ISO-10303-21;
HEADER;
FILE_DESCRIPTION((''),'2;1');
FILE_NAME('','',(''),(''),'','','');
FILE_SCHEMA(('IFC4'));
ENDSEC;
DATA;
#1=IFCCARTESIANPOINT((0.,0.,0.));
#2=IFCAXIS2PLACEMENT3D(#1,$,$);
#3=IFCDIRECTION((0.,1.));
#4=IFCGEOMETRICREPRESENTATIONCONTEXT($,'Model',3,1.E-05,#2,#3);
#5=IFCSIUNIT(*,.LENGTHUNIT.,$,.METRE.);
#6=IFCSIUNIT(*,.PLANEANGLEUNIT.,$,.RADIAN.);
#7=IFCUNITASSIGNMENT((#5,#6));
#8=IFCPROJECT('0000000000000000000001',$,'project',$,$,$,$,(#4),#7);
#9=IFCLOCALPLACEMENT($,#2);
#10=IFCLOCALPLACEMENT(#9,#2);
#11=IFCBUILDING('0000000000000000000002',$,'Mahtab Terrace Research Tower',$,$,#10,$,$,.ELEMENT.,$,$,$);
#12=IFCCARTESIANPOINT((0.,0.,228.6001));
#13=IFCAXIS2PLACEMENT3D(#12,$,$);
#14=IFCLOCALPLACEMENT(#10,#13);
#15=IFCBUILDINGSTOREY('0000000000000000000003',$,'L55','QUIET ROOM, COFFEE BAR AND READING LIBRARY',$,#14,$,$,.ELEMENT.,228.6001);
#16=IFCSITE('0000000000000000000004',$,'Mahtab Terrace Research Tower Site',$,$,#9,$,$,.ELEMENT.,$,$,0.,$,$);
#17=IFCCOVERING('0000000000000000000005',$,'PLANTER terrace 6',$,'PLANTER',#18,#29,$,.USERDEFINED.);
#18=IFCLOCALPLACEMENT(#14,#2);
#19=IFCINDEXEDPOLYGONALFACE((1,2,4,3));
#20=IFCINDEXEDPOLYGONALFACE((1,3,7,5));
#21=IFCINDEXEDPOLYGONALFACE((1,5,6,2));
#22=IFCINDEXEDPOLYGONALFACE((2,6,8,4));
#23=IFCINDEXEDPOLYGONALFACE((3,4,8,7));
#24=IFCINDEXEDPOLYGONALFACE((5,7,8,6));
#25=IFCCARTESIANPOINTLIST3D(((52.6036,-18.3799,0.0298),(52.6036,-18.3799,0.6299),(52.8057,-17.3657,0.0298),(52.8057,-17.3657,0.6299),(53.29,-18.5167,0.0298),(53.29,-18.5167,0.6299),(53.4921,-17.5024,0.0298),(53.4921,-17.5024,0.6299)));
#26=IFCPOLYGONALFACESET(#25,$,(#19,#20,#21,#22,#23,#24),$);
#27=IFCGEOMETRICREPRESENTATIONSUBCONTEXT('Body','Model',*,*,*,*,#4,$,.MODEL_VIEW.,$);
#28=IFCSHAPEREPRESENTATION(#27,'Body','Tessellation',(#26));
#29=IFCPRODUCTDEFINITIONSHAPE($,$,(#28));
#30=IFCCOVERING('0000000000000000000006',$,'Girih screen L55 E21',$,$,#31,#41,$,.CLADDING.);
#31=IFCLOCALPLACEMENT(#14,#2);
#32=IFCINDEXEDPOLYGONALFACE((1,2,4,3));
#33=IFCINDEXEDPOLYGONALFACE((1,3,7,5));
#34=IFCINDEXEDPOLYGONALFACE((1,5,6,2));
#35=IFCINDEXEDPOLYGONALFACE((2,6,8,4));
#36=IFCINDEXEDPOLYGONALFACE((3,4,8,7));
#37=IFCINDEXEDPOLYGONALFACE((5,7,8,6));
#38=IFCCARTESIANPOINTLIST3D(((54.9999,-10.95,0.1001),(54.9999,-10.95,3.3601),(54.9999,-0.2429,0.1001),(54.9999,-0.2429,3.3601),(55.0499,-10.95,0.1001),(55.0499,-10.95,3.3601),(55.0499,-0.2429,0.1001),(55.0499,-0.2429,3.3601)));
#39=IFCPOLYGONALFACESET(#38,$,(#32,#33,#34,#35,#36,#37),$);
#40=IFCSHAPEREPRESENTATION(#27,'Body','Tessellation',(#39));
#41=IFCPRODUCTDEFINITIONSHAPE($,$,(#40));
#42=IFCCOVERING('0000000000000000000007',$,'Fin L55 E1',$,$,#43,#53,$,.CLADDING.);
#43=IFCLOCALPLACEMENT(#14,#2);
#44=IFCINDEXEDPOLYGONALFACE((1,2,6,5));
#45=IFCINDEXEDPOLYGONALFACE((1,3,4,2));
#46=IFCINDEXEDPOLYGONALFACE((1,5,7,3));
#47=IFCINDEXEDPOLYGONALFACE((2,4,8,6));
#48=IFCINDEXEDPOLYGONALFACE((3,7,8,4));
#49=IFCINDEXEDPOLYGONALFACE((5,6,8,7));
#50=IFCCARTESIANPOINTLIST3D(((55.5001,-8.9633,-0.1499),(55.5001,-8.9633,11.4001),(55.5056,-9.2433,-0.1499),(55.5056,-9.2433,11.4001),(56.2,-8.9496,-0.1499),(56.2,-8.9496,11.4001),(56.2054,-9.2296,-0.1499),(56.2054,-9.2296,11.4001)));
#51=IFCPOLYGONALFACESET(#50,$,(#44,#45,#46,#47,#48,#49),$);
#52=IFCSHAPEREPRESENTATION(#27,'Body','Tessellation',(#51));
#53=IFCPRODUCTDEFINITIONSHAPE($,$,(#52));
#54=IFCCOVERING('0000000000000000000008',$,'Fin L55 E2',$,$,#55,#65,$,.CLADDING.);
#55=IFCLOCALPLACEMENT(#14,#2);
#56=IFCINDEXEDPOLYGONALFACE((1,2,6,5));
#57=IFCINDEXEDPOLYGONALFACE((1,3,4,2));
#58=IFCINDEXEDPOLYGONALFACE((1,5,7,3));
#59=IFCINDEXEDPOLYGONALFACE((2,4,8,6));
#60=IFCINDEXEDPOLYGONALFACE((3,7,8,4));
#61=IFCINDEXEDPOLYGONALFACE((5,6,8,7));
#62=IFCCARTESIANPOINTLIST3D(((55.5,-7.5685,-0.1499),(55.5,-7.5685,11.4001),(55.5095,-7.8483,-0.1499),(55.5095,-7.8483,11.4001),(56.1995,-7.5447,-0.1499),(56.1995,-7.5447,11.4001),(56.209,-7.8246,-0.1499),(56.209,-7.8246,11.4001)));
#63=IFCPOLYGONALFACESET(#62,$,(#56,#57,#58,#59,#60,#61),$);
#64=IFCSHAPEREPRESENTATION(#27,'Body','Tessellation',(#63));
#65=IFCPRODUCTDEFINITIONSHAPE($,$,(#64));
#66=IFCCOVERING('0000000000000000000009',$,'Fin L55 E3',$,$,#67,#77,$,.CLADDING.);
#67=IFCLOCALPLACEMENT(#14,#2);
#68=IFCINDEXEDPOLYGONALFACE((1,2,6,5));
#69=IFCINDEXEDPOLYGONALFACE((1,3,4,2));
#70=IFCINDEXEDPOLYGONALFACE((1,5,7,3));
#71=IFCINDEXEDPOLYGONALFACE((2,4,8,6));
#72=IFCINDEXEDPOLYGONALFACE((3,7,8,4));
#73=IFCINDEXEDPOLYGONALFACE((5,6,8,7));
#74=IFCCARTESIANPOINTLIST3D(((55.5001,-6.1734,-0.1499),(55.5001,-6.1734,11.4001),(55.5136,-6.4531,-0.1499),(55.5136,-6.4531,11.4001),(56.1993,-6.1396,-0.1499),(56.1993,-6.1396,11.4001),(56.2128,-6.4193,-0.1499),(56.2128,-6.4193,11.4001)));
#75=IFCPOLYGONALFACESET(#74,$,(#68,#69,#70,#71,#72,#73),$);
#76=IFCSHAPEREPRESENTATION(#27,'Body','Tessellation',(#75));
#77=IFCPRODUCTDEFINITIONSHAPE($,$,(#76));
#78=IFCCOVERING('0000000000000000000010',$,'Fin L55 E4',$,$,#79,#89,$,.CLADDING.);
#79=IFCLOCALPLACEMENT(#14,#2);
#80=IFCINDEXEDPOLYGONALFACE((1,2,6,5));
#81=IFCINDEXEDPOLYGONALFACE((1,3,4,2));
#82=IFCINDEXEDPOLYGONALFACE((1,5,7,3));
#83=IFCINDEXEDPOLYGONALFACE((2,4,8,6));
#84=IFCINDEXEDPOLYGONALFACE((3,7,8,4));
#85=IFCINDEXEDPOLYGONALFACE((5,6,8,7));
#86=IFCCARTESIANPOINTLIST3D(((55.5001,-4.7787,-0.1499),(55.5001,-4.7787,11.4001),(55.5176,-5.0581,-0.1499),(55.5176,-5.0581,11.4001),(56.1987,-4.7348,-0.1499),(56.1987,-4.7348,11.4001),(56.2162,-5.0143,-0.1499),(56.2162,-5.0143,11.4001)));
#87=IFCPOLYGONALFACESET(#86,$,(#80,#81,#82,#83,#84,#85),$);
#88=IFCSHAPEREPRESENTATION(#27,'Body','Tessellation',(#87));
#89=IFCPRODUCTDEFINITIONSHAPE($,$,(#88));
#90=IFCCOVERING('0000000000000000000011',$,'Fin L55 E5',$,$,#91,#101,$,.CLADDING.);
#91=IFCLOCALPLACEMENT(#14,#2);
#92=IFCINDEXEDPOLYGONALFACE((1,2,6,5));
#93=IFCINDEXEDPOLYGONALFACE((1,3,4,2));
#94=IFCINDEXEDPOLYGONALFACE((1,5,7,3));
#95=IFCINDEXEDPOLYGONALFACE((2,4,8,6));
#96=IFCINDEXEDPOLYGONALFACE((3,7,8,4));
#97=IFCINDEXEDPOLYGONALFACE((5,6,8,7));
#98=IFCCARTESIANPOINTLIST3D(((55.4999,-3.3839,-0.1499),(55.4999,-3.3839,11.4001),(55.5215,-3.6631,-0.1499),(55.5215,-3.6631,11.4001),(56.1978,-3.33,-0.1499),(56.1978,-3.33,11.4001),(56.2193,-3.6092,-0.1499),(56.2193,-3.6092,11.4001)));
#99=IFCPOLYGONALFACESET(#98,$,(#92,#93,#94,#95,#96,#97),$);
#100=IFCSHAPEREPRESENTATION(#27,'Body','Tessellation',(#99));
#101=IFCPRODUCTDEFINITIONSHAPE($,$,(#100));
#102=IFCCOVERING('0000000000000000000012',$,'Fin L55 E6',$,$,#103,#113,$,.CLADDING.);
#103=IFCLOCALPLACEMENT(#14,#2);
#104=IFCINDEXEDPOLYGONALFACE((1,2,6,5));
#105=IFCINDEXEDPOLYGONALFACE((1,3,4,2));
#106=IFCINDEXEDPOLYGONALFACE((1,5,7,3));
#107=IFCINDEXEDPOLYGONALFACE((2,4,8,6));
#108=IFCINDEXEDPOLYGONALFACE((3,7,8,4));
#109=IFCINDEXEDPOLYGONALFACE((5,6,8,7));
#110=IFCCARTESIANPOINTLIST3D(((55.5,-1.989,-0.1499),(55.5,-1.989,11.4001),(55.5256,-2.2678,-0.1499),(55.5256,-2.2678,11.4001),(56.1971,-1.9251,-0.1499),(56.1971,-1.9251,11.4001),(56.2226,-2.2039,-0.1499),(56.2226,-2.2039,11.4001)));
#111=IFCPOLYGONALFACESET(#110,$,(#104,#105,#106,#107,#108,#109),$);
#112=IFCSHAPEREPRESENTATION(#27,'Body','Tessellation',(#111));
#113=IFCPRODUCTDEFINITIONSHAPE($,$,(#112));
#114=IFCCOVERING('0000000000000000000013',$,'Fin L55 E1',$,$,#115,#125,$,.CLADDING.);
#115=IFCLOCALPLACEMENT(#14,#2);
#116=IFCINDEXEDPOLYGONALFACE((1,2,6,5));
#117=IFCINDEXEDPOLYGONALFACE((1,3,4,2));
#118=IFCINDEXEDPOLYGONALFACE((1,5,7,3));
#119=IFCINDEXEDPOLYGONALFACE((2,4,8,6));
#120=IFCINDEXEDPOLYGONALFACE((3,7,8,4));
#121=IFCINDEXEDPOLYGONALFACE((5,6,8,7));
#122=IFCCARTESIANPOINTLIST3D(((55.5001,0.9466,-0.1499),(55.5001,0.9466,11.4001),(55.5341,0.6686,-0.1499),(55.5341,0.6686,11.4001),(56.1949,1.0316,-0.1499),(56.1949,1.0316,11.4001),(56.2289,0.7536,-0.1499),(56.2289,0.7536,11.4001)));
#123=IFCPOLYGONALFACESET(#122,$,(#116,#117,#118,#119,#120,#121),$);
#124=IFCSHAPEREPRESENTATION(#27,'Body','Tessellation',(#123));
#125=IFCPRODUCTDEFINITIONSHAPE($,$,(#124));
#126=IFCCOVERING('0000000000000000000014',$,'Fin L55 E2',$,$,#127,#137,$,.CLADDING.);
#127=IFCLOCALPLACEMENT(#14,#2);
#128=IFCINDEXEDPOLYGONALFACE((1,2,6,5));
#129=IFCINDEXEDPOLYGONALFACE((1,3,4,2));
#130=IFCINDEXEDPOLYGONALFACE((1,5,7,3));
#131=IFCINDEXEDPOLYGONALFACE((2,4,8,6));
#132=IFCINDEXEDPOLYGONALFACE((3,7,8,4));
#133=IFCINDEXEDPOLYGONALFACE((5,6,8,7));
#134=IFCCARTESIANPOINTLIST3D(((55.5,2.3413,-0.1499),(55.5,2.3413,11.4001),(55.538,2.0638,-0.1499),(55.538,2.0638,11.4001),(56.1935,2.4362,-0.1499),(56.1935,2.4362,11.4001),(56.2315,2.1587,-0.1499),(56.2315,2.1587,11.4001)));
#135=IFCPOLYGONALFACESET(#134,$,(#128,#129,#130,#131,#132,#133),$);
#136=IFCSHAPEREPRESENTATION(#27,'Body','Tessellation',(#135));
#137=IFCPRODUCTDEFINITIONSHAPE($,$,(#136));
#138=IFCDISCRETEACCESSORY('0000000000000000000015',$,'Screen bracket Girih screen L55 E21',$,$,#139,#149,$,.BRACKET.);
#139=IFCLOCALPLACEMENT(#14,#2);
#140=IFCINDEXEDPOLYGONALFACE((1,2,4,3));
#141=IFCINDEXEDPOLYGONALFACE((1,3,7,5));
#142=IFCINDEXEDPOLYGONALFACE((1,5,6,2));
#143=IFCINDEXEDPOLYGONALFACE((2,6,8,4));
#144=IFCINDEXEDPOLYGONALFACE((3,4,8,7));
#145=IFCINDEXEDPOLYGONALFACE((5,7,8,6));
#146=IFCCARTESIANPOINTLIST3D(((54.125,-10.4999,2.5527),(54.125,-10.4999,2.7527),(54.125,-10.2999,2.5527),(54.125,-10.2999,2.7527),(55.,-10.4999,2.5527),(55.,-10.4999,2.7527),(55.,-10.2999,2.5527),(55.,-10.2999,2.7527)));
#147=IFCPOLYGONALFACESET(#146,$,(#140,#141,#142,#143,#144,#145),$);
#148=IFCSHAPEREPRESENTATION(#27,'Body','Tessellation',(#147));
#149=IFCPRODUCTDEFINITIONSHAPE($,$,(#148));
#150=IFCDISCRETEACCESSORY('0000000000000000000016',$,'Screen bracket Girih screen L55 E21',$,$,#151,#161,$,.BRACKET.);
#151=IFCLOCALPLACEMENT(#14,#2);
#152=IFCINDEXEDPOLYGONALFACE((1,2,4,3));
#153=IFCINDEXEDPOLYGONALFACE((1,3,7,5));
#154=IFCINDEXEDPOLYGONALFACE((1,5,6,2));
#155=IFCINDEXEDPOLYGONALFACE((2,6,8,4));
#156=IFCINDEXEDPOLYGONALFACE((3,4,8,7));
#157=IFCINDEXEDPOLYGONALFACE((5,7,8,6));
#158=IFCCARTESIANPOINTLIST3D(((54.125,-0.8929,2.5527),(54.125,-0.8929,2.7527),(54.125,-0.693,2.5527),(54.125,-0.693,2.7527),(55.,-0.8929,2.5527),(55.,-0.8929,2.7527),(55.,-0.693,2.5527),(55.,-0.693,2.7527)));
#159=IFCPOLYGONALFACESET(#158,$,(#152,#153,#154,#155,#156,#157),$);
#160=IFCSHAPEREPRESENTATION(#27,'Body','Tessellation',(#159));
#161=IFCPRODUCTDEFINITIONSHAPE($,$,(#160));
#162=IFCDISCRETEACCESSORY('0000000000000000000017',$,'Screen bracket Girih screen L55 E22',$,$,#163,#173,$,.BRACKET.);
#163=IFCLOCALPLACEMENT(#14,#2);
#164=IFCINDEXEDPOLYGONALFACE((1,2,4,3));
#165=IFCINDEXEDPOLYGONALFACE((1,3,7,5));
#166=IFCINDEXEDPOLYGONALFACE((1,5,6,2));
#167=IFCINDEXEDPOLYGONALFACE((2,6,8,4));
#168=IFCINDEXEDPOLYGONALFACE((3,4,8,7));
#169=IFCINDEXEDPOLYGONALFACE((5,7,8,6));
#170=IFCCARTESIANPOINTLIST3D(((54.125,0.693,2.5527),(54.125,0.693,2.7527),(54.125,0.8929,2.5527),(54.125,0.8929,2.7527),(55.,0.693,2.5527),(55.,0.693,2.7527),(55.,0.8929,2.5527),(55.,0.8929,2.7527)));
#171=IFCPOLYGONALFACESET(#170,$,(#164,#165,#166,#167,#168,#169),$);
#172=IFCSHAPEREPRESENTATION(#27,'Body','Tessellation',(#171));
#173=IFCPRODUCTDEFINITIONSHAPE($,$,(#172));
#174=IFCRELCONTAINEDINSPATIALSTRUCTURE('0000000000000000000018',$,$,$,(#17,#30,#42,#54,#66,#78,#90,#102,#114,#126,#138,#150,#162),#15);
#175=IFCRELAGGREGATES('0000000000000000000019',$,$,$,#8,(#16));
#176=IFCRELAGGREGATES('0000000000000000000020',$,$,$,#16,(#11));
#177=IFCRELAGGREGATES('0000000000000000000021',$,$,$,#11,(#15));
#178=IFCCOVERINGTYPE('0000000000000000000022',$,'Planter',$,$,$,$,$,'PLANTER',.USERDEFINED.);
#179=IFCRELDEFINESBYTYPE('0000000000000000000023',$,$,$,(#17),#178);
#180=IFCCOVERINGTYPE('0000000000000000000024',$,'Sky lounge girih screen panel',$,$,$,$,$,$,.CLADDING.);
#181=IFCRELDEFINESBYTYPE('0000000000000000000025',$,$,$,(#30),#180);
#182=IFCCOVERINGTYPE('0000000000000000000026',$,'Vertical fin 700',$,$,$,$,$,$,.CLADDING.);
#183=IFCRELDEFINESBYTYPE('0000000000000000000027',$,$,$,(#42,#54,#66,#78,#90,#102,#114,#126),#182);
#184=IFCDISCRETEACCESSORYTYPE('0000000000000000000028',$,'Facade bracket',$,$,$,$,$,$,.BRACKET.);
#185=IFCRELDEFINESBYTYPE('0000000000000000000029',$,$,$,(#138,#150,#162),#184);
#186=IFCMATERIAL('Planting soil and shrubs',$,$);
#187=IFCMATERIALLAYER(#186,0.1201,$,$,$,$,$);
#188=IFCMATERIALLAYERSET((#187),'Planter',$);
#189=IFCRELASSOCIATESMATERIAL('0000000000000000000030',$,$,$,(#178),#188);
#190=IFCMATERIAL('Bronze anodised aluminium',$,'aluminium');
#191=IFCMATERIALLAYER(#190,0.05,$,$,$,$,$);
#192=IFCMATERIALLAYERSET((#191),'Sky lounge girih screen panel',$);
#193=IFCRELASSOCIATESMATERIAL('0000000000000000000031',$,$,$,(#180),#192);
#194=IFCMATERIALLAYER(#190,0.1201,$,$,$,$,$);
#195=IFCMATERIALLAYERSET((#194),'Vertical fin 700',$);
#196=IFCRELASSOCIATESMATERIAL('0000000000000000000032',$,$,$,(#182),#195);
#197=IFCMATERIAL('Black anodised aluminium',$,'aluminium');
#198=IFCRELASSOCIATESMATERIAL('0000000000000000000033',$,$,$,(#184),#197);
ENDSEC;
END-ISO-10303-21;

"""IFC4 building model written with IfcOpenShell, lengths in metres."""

from ifc_helpers import new_model, si_unit, direction, frame, origin, origin_2d, place, context, subcontext, project, spatial, rectangle, extrude, material, layer, layer_set, type_object, element, save


model = new_model("IFC4")

# Units and contexts
model_context = context("Model", 3, precision=1e-05, world=origin(), true_north=direction((0.0, 1.0)))
body_context = subcontext(model_context, "Body", "Model", "MODEL_VIEW")
ifc_project = project(units=[si_unit("LENGTHUNIT", "METRE"), si_unit("PLANEANGLEUNIT", "RADIAN")], contexts=[model_context])

# Site, building, storey
site_placement = place(None, origin())
site = spatial("IfcSite", under=ifc_project, at=site_placement, Name="Mahtab Terrace Research Tower Site", CompositionType="ELEMENT", RefElevation=0.0)
building_placement = place(site_placement, origin())
building = spatial("IfcBuilding", under=site, at=building_placement, Name="Mahtab Terrace Research Tower", CompositionType="ELEMENT")
storey_placement = place(building_placement, frame((0.0, 0.0, 228.6001)))
storey = spatial("IfcBuildingStorey", under=building, at=storey_placement, Name="L55", Description="QUIET ROOM, COFFEE BAR AND READING LIBRARY", CompositionType="ELEMENT", Elevation=228.6001)

# Coverings
ifc_material_1 = material(Name="Planting soil and shrubs")
ifc_layer_1 = layer(ifc_material_1, 0.1201)
ifc_layer_set_1 = layer_set([ifc_layer_1], Name="Planter")
covering_type_1 = type_object("IfcCoveringType", Name="Planter", ElementType="PLANTER", PredefinedType="USERDEFINED", material=ifc_layer_set_1)
covering_1_placement = place(storey_placement, frame((53.0479, -17.9412, 0.0298), z_axis=(0.0, 0.0, 1.0), x_axis=(0.195395, 0.980725, 0.0)))
element("IfcCovering", 1, at=covering_1_placement, inside=storey, type_object=covering_type_1, Name="PLANTER terrace 6", ObjectType="PLANTER", PredefinedType="USERDEFINED", context=body_context, shape_type="SweptSolid", body=[
    extrude(rectangle(XDim=1.0342, YDim=0.7, at=origin_2d()), origin(), (0.0, 0.0, 1.0), 0.6001),
])
ifc_material_2 = material(Name="Bronze anodised aluminium", Category="aluminium")
ifc_layer_2 = layer(ifc_material_2, 0.05)
ifc_layer_set_2 = layer_set([ifc_layer_2], Name="Sky lounge girih screen panel")
covering_type_2 = type_object("IfcCoveringType", Name="Sky lounge girih screen panel", PredefinedType="CLADDING", material=ifc_layer_set_2)
covering_2_placement = place(storey_placement, frame((55.0249, -5.5964, 0.1001), z_axis=(0.0, 0.0, 1.0), x_axis=(0.0, 1.0, 0.0)))
element("IfcCovering", 2, at=covering_2_placement, inside=storey, type_object=covering_type_2, Name="Girih screen L55 E21", PredefinedType="CLADDING", context=body_context, shape_type="SweptSolid", body=[
    extrude(rectangle(XDim=10.707, YDim=0.05, at=origin_2d()), origin(), (0.0, 0.0, 1.0), 3.26),
])
ifc_layer_3 = layer(ifc_material_2, 0.1201)
ifc_layer_set_3 = layer_set([ifc_layer_3], Name="Vertical fin 700")
covering_type_3 = type_object("IfcCoveringType", Name="Vertical fin 700", PredefinedType="CLADDING", material=ifc_layer_set_3)
for number, where, z_axis, x_axis, name in (
    (3, (55.8528, -9.0964, -0.1499), (0.0, 0.0, 1.0), (-0.019541, 0.999809, 0.0), "Fin L55 E1"),
    (4, (55.8545, -7.6965, -0.1499), (0.0, 0.0, 1.0), (-0.033909, 0.999425, 0.0), "Fin L55 E2"),
    (5, (55.8564, -6.2964, -0.1499), (0.0, 0.0, 1.0), (-0.04827, 0.998834, 0.0), "Fin L55 E3"),
    (6, (55.8582, -4.8965, -0.1499), (0.0, 0.0, 1.0), (-0.062621, 0.998037, 0.0), "Fin L55 E4"),
    (7, (55.8596, -3.4966, -0.1499), (0.0, 0.0, 1.0), (-0.07696, 0.997034, 0.0), "Fin L55 E5"),
    (8, (55.8613, -2.0964, -0.1499), (0.0, 0.0, 1.0), (-0.091282, 0.995825, 0.0), "Fin L55 E6"),
    (9, (55.8645, 0.8501, -0.1499), (0.0, 0.0, 1.0), (-0.12136, 0.992609, 0.0), "Fin L55 E1"),
    (10, (55.8657, 2.25, -0.1499), (0.0, 0.0, 1.0), (-0.135614, 0.990762, 0.0), "Fin L55 E2"),
):
    element("IfcCovering", number, at=place(storey_placement, frame(where, z_axis=z_axis, x_axis=x_axis)), inside=storey, type_object=covering_type_3, Name=name, PredefinedType="CLADDING", context=body_context, shape_type="SweptSolid", body=[
        extrude(rectangle(XDim=0.28, YDim=0.7, at=origin_2d()), origin(), (0.0, 0.0, 1.0), 11.55),
    ])

# Discrete accessories
ifc_material_3 = material(Name="Black anodised aluminium", Category="aluminium")
discrete_accessory_type = type_object("IfcDiscreteAccessoryType", Name="Facade bracket", PredefinedType="BRACKET", material=ifc_material_3)
for number, where, z_axis, x_axis, name in (
    (11, (54.5625, -10.3999, 2.5527), (0.0, 0.0, 1.0), (0.0, 1.0, 0.0), "Screen bracket Girih screen L55 E21"),
    (12, (54.5625, -0.793, 2.5527), (0.0, 0.0, 1.0), (0.0, 1.0, 0.0), "Screen bracket Girih screen L55 E21"),
    (13, (54.5625, 0.793, 2.5527), (0.0, 0.0, 1.0), (0.0, 1.0, 0.0), "Screen bracket Girih screen L55 E22"),
):
    element("IfcDiscreteAccessory", number, at=place(storey_placement, frame(where, z_axis=z_axis, x_axis=x_axis)), inside=storey, type_object=discrete_accessory_type, Name=name, PredefinedType="BRACKET", context=body_context, shape_type="SweptSolid", body=[
        extrude(rectangle(XDim=0.2, YDim=0.875, at=origin_2d()), origin(), (0.0, 0.0, 1.0), 0.2),
    ])

save(model, "model.ifc")
